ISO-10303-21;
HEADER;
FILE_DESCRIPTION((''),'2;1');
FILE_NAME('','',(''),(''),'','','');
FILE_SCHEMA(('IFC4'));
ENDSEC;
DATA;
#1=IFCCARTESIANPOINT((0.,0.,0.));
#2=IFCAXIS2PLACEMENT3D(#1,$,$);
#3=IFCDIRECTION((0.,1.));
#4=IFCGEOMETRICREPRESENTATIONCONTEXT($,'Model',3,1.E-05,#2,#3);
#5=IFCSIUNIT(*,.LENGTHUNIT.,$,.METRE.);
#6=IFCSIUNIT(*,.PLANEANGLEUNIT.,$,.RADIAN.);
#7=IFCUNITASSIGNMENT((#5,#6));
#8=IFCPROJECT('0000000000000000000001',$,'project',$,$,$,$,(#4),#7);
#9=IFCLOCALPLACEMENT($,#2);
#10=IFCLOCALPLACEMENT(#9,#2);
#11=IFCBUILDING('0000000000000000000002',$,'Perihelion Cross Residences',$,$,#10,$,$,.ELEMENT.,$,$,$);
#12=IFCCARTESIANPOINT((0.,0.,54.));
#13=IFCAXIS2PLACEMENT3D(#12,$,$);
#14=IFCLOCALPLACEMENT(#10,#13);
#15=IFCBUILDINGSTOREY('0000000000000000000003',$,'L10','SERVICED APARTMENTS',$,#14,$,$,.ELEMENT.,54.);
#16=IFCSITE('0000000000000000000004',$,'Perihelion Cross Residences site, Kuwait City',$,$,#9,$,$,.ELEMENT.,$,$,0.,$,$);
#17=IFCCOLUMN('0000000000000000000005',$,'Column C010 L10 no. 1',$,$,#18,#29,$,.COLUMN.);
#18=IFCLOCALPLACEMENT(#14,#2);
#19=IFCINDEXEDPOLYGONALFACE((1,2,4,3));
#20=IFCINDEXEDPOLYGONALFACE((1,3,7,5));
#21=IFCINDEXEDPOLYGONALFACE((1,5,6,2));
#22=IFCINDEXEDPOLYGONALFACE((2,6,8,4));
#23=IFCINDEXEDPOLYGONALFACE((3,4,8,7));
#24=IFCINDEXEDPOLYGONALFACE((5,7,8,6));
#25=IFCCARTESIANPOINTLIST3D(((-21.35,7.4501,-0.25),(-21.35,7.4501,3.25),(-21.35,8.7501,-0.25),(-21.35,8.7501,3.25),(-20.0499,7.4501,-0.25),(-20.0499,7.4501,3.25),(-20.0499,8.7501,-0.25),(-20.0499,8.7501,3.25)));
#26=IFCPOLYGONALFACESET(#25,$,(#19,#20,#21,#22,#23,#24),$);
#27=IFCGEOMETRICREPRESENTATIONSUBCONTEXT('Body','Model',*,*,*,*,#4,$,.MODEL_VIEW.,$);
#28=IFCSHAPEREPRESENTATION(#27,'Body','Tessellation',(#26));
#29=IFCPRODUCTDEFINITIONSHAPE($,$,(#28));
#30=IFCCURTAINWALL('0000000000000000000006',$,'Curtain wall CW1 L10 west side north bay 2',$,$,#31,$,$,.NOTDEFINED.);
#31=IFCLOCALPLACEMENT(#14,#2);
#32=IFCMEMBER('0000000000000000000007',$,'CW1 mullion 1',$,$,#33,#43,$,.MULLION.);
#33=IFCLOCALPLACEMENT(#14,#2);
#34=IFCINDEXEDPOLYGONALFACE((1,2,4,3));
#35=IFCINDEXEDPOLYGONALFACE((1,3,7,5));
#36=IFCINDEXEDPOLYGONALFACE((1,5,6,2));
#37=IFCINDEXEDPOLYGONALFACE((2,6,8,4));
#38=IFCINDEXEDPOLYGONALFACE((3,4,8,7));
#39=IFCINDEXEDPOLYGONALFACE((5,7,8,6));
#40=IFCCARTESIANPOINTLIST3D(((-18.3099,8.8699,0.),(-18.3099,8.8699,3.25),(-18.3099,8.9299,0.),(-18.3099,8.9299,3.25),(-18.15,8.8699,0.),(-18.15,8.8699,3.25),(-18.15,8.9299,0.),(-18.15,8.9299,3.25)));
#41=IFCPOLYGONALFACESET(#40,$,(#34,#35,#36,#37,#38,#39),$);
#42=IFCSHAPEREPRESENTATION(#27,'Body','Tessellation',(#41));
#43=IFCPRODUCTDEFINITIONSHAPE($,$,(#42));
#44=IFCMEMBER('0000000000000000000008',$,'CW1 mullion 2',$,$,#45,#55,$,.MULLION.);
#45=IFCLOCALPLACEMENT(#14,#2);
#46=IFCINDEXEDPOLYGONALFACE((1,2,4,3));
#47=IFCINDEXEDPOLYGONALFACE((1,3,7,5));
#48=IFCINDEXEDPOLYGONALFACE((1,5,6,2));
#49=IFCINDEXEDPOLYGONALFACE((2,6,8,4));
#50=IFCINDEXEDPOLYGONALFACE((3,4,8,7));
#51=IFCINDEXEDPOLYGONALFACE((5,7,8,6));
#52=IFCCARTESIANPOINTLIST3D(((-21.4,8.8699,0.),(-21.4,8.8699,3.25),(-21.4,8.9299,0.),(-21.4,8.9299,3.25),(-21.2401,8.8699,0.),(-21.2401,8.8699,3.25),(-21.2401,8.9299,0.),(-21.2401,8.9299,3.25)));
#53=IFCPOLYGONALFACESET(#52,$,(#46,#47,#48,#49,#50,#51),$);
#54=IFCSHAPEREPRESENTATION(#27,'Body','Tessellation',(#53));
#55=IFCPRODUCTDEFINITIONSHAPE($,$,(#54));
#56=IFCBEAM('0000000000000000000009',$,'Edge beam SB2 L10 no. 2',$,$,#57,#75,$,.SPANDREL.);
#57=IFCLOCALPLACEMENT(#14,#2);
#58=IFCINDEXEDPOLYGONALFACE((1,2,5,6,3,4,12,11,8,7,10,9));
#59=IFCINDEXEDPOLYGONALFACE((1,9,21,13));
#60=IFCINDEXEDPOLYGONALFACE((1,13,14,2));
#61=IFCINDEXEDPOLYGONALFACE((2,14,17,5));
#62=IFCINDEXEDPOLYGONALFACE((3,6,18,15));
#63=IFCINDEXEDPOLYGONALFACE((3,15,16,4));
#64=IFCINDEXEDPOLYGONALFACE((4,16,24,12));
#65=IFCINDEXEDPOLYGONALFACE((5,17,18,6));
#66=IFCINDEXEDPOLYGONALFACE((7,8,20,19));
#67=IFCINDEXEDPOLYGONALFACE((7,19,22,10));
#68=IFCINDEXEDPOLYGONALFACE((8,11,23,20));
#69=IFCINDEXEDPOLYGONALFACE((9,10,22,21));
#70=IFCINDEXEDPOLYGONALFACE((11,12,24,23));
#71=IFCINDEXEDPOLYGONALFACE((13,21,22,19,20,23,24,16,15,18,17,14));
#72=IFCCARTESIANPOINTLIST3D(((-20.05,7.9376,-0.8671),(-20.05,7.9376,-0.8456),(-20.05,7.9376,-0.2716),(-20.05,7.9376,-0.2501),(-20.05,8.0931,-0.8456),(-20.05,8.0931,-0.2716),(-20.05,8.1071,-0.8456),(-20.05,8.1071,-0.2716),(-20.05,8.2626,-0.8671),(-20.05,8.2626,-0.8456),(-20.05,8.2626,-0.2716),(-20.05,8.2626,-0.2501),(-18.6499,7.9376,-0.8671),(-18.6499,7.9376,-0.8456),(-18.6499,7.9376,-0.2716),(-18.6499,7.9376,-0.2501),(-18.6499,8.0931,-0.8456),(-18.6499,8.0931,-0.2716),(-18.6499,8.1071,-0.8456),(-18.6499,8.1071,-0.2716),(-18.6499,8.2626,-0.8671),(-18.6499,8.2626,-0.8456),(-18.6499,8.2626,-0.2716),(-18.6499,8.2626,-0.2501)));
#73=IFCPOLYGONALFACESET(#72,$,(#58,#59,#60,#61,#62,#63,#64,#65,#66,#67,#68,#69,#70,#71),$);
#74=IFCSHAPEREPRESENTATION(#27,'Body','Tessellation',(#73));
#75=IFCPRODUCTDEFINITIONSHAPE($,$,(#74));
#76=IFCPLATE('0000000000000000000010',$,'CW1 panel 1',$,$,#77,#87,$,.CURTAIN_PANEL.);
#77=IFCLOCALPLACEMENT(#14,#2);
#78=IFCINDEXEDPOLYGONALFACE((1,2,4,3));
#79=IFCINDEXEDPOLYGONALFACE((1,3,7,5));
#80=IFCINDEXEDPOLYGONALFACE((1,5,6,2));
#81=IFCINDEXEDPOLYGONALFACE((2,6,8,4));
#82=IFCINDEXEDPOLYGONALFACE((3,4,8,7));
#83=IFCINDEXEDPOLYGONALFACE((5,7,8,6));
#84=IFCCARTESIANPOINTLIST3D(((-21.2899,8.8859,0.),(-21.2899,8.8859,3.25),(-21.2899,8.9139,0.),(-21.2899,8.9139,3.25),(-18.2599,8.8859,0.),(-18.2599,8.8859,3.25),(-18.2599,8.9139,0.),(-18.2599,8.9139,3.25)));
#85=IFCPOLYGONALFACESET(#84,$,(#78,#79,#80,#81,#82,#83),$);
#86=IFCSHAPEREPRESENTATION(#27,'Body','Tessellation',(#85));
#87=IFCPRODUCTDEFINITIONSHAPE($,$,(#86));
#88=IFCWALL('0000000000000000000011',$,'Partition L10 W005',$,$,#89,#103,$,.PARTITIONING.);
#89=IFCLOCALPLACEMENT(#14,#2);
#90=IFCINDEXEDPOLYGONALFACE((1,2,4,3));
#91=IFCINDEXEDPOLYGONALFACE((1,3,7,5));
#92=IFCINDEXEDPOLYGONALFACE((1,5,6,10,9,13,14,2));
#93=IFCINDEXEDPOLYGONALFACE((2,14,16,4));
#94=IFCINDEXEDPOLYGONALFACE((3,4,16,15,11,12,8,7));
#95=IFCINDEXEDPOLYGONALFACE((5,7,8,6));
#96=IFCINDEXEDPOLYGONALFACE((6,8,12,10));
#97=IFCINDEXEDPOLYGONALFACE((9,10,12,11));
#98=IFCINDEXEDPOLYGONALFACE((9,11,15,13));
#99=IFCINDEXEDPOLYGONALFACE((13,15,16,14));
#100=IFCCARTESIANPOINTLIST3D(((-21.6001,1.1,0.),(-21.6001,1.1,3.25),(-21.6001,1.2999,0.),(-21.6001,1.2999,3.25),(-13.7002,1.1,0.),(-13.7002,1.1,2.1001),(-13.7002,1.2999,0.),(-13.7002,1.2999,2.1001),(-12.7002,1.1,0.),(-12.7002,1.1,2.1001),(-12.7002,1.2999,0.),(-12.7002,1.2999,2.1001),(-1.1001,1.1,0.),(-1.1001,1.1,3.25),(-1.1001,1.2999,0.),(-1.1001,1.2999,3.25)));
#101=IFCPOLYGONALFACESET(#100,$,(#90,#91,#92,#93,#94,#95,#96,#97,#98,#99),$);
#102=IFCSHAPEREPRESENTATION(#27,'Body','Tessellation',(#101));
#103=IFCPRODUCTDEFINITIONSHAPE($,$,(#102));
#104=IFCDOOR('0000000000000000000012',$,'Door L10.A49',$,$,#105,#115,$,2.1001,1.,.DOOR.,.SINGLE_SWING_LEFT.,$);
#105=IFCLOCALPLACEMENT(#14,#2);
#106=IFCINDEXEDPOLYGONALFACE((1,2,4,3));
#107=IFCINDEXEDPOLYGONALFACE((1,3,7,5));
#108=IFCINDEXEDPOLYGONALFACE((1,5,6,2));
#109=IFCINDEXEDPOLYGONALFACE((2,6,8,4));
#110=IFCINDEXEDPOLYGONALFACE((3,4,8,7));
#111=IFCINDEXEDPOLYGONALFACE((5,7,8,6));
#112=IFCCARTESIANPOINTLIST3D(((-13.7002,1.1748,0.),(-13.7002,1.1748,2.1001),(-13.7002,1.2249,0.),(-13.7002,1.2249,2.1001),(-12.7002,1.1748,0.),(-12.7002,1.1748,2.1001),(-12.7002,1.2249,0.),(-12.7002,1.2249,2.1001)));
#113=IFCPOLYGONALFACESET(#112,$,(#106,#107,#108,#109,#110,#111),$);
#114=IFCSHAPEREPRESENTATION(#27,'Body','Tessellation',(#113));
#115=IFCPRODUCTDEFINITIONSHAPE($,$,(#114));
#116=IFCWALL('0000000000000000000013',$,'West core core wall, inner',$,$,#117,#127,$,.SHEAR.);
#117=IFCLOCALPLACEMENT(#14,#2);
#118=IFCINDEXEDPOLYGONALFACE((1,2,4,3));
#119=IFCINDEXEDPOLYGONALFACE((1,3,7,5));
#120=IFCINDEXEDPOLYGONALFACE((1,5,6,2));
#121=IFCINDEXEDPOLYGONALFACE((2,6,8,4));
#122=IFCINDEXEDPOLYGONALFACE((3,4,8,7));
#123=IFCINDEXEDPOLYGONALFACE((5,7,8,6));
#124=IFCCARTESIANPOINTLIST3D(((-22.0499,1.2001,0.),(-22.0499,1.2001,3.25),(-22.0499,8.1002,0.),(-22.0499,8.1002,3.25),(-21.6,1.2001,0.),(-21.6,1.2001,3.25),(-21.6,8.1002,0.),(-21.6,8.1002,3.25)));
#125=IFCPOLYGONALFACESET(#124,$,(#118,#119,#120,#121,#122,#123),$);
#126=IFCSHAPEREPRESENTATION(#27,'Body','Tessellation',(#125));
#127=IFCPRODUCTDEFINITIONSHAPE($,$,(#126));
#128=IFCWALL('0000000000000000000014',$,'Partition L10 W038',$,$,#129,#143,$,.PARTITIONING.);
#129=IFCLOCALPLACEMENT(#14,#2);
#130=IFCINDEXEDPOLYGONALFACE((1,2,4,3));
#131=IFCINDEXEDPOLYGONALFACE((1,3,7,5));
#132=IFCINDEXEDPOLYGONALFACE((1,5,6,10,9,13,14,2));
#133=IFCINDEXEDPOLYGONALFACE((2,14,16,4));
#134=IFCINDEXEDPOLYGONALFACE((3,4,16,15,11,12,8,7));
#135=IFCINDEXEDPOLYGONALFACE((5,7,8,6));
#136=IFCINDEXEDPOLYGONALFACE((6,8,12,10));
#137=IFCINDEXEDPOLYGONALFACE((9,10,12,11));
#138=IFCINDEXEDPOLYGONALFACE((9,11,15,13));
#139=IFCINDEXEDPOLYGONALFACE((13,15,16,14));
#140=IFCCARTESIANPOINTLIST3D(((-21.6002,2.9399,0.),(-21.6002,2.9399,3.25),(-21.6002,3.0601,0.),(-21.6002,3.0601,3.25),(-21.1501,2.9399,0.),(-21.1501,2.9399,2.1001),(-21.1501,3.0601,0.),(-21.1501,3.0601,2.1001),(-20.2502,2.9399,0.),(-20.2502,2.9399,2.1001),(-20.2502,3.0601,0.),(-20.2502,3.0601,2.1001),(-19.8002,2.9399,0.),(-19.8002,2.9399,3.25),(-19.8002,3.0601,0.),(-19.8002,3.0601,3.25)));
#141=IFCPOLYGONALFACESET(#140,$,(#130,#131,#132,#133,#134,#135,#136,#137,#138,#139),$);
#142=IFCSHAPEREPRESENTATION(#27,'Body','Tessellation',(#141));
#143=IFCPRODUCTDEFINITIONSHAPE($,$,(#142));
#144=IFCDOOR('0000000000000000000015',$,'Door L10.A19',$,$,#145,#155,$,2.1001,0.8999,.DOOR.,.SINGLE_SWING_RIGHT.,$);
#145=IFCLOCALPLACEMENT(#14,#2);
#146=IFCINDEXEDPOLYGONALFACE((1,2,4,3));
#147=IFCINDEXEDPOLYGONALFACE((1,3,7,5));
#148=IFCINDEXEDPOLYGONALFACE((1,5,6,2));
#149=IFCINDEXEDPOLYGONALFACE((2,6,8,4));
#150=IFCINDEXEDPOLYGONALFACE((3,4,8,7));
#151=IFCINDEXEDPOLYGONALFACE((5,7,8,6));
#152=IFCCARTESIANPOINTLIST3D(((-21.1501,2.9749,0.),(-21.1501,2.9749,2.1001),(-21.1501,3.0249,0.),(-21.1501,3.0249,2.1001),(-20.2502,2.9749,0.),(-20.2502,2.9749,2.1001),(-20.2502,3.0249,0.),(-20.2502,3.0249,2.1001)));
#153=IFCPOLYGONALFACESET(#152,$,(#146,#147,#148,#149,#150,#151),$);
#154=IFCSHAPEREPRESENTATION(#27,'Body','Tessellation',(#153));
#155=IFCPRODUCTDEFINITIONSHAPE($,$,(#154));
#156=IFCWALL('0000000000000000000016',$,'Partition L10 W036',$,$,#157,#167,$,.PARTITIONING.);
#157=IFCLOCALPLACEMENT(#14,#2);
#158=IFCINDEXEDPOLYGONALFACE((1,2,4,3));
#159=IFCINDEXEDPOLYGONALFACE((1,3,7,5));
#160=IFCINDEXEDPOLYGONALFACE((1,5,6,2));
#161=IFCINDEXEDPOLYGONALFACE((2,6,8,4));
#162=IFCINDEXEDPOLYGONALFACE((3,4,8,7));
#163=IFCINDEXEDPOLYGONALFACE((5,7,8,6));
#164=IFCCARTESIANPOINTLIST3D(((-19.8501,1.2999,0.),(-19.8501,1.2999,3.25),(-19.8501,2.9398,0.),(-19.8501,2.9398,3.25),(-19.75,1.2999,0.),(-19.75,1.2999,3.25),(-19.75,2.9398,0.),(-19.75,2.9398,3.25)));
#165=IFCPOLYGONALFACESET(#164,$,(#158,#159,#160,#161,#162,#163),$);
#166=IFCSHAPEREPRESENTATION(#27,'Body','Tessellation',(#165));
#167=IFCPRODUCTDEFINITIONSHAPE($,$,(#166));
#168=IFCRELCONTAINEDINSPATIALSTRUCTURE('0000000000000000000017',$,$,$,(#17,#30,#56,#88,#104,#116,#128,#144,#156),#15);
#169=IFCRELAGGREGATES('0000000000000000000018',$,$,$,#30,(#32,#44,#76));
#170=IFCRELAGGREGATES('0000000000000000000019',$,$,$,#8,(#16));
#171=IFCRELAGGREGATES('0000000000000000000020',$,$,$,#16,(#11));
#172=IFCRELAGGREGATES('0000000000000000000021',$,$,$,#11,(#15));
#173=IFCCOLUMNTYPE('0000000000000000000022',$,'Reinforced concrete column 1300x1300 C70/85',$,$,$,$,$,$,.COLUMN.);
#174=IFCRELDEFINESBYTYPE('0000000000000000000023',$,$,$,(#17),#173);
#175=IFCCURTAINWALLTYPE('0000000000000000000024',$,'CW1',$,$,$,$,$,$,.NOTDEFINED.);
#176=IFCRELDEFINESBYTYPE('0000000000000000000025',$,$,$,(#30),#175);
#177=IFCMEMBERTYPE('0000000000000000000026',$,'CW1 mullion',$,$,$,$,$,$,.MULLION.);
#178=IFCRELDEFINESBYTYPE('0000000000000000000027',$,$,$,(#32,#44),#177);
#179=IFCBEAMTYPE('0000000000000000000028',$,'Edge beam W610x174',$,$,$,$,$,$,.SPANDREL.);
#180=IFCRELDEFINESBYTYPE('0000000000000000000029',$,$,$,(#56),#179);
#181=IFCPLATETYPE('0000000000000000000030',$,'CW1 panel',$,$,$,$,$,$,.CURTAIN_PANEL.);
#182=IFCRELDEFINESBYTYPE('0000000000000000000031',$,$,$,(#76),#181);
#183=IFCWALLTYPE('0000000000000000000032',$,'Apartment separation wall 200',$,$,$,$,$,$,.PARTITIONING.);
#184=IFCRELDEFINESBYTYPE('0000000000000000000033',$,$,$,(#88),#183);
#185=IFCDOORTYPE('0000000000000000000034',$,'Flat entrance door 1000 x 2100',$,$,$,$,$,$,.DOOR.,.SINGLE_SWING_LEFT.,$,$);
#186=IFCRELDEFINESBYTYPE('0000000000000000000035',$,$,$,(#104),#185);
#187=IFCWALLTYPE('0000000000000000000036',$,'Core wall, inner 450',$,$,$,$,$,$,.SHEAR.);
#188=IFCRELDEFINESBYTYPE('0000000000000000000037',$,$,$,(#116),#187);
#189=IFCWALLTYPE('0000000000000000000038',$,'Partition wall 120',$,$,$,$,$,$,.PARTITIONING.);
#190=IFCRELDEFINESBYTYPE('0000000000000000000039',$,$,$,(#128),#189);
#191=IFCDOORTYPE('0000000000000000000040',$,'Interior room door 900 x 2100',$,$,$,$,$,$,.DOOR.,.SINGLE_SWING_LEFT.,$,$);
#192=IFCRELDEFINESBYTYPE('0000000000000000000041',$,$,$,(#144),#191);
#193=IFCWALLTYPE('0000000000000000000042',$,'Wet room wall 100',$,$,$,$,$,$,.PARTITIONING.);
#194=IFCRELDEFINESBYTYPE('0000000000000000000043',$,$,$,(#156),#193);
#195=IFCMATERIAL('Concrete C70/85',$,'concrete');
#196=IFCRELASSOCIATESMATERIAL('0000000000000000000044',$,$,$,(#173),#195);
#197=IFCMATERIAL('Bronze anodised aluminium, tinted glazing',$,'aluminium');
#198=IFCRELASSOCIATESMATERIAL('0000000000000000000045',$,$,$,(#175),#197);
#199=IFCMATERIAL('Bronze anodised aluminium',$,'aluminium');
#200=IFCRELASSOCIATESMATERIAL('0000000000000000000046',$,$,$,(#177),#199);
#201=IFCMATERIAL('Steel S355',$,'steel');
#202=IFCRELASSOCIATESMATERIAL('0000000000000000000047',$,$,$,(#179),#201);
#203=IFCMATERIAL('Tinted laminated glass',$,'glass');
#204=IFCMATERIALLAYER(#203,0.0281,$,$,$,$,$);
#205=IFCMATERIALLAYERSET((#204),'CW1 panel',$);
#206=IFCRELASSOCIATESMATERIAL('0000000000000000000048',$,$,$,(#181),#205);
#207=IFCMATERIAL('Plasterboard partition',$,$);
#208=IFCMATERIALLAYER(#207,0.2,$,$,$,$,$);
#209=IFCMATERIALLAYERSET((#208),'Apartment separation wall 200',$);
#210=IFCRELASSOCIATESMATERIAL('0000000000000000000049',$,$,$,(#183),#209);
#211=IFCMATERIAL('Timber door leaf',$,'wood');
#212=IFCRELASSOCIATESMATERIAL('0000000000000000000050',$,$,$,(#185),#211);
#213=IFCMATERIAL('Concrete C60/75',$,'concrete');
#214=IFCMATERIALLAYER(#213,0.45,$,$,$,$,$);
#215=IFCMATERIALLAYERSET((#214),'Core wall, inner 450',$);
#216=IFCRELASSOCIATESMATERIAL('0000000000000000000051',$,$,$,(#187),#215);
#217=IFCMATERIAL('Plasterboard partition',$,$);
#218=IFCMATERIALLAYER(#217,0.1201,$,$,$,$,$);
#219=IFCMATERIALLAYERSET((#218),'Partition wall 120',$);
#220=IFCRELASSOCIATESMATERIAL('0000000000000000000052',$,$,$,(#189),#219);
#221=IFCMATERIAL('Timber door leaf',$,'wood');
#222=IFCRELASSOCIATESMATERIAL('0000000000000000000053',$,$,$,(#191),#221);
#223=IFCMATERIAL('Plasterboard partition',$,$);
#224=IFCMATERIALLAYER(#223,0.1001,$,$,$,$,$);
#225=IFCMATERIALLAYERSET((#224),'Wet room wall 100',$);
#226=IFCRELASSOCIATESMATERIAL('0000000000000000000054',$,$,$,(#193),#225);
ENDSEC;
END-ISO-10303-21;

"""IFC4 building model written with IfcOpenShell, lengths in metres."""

from ifc_helpers import new_model, si_unit, direction, frame, frame_2d, origin, origin_2d, place, context, subcontext, project, spatial, rectangle, i_section, extrude, material, layer, layer_set, material_profile, profile_set, type_object, element, fill, aggregate, save


model = new_model("IFC4")

# Units and contexts
model_context = context("Model", 3, precision=1e-05, world=origin(), true_north=direction((0.0, 1.0)))
body_context = subcontext(model_context, "Body", "Model", "MODEL_VIEW")
ifc_project = project(units=[si_unit("LENGTHUNIT", "METRE"), si_unit("PLANEANGLEUNIT", "RADIAN")], contexts=[model_context])

# Site, building, storey
site_placement = place(None, origin())
site = spatial("IfcSite", under=ifc_project, at=site_placement, Name="Perihelion Cross Residences site, Kuwait City", CompositionType="ELEMENT", RefElevation=0.0)
building_placement = place(site_placement, origin())
building = spatial("IfcBuilding", under=site, at=building_placement, Name="Perihelion Cross Residences", CompositionType="ELEMENT")
storey_placement = place(building_placement, frame((0.0, 0.0, 54.0)))
storey = spatial("IfcBuildingStorey", under=building, at=storey_placement, Name="L10", Description="SERVICED APARTMENTS", CompositionType="ELEMENT", Elevation=54.0)

# Column
ifc_material_1 = material(Name="Concrete C70/85", Category="concrete")
ifc_material_profile_1 = material_profile(ifc_material_1, rectangle(XDim=1.3, YDim=1.3, at=origin_2d()), Name="RC 1300x1300")
ifc_profile_set_1 = profile_set([ifc_material_profile_1], Name="Concrete C70/85")
column_type = type_object("IfcColumnType", Name="Reinforced concrete column 1300x1300 C70/85", PredefinedType="COLUMN", material=ifc_profile_set_1)
column_placement = place(storey_placement, frame((-20.7, 8.1001, -0.25), z_axis=(0.0, 0.0, 1.0), x_axis=(1.0, 0.0, 0.0)))
element("IfcColumn", 1, at=column_placement, inside=storey, type_object=column_type, Name="Column C010 L10 no. 1", PredefinedType="COLUMN", context=body_context, shape_type="SweptSolid", body=[
    extrude(rectangle(XDim=1.3, YDim=1.3, at=origin_2d()), origin(), (0.0, 0.0, 1.0), 3.5),
])

# Curtain wall, members
ifc_material_2 = material(Name="Bronze anodised aluminium, tinted glazing", Category="aluminium")
curtain_wall_type = type_object("IfcCurtainWallType", Name="CW1", PredefinedType="NOTDEFINED", material=ifc_material_2)
curtain_wall_placement = place(storey_placement, origin())
curtain_wall = element("IfcCurtainWall", 2, at=curtain_wall_placement, inside=storey, type_object=curtain_wall_type, Name="Curtain wall CW1 L10 west side north bay 2", PredefinedType="NOTDEFINED")
ifc_material_3 = material(Name="Bronze anodised aluminium", Category="aluminium")
ifc_material_profile_2 = material_profile(ifc_material_3, rectangle(XDim=0.0601, YDim=0.1599, at=origin_2d()), Name="CW1 mullion")
ifc_profile_set_2 = profile_set([ifc_material_profile_2], Name="Bronze anodised aluminium")
member_type = type_object("IfcMemberType", Name="CW1 mullion", PredefinedType="MULLION", material=ifc_profile_set_2)
member_1_placement = place(storey_placement, frame((-18.23, 8.8999, 0.0), z_axis=(0.0, 0.0, 1.0), x_axis=(0.0, -1.0, 0.0)))
member_1 = element("IfcMember", 3, at=member_1_placement, type_object=member_type, Name="CW1 mullion 1", PredefinedType="MULLION", context=body_context, shape_type="SweptSolid", body=[
    extrude(rectangle(XDim=0.0601, YDim=0.1599, at=origin_2d()), origin(), (0.0, 0.0, 1.0), 3.25),
])
member_2_placement = place(storey_placement, frame((-21.3201, 8.8999, 0.0), z_axis=(0.0, 0.0, 1.0), x_axis=(0.0, -1.0, 0.0)))
member_2 = element("IfcMember", 4, at=member_2_placement, type_object=member_type, Name="CW1 mullion 2", PredefinedType="MULLION", context=body_context, shape_type="SweptSolid", body=[
    extrude(rectangle(XDim=0.0601, YDim=0.1599, at=origin_2d()), origin(), (0.0, 0.0, 1.0), 3.25),
])

# Beam
ifc_material_4 = material(Name="Steel S355", Category="steel")
ifc_material_profile_3 = material_profile(ifc_material_4, i_section(OverallWidth=0.325, OverallDepth=0.6169, WebThickness=0.0139, FlangeThickness=0.0215, at=origin_2d()), Name="W610x174")
ifc_profile_set_3 = profile_set([ifc_material_profile_3], Name="Steel S355")
beam_type = type_object("IfcBeamType", Name="Edge beam W610x174", PredefinedType="SPANDREL", material=ifc_profile_set_3)
beam_placement = place(storey_placement, frame((-18.6499, 8.1001, -0.5586), z_axis=(-1.0, 0.0, 0.0), x_axis=(0.0, -1.0, 0.0)))
element("IfcBeam", 5, at=beam_placement, inside=storey, type_object=beam_type, Name="Edge beam SB2 L10 no. 2", PredefinedType="SPANDREL", context=body_context, shape_type="SweptSolid", body=[
    extrude(i_section(OverallWidth=0.325, OverallDepth=0.6169, WebThickness=0.0139, FlangeThickness=0.0215, at=origin_2d()), origin(), (0.0, 0.0, 1.0), 1.4001),
])

# Plate
ifc_material_5 = material(Name="Tinted laminated glass", Category="glass")
ifc_layer_1 = layer(ifc_material_5, 0.0281)
ifc_layer_set_1 = layer_set([ifc_layer_1], Name="CW1 panel")
plate_type = type_object("IfcPlateType", Name="CW1 panel", PredefinedType="CURTAIN_PANEL", material=ifc_layer_set_1)
plate_placement = place(storey_placement, frame((-19.7749, 8.8999, 0.0), z_axis=(0.0, 0.0, 1.0), x_axis=(-1.0, 0.0, 0.0)))
plate = element("IfcPlate", 6, at=plate_placement, type_object=plate_type, Name="CW1 panel 1", PredefinedType="CURTAIN_PANEL", context=body_context, shape_type="SweptSolid", body=[
    extrude(rectangle(XDim=3.03, YDim=0.0281, at=origin_2d()), origin(), (0.0, 0.0, 1.0), 3.25),
])
aggregate(curtain_wall, [member_1, member_2, plate])

# Wall, opening, door
ifc_material_6 = material(Name="Plasterboard partition")
ifc_layer_2 = layer(ifc_material_6, 0.2)
ifc_layer_set_2 = layer_set([ifc_layer_2], Name="Apartment separation wall 200")
wall_type_1 = type_object("IfcWallType", Name="Apartment separation wall 200", PredefinedType="PARTITIONING", material=ifc_layer_set_2)
wall_1_placement = place(storey_placement, frame((-21.6001, 1.2, 0.0), z_axis=(0.0, 0.0, 1.0), x_axis=(1.0, 0.0, 0.0)))
wall_1 = element("IfcWall", 7, at=wall_1_placement, inside=storey, type_object=wall_type_1, Name="Partition L10 W005", PredefinedType="PARTITIONING", context=body_context, shape_type="SweptSolid", body=[
    extrude(rectangle(XDim=20.5, YDim=0.2, at=frame_2d((10.25, 0.0))), origin(), (0.0, 0.0, 1.0), 3.25),
])
opening_1_placement = place(wall_1_placement, frame((7.8999, 0.0, 0.0)))
opening_1 = element("IfcOpeningElement", 8, at=opening_1_placement, cuts=wall_1, PredefinedType="OPENING", context=body_context, shape_type="SweptSolid", body=[
    extrude(rectangle(XDim=1.0, YDim=2.1001, at=frame_2d((0.5, 1.05))), frame((0.0, 0.1099, 0.0), z_axis=(0.0, -1.0, 0.0), x_axis=(1.0, 0.0, 0.0)), (0.0, 0.0, 1.0), 0.22),
])
ifc_material_7 = material(Name="Timber door leaf", Category="wood")
door_type_1 = type_object("IfcDoorType", Name="Flat entrance door 1000 x 2100", OperationType="SINGLE_SWING_LEFT", PredefinedType="DOOR", material=ifc_material_7)
door_1_placement = place(opening_1_placement, origin())
door_1 = element("IfcDoor", 9, at=door_1_placement, inside=storey, type_object=door_type_1, Name="Door L10.A49", OperationType="SINGLE_SWING_LEFT", OverallHeight=2.1001, OverallWidth=1.0, PredefinedType="DOOR", context=body_context, shape_type="SweptSolid", body=[
    extrude(rectangle(XDim=1.0, YDim=2.1001, at=frame_2d((0.5, 1.05))), frame((0.0, 0.0249, 0.0), z_axis=(0.0, -1.0, 0.0), x_axis=(1.0, 0.0, 0.0)), (0.0, 0.0, 1.0), 0.05),
])
fill(opening_1, door_1)

# Wall
ifc_material_8 = material(Name="Concrete C60/75", Category="concrete")
ifc_layer_3 = layer(ifc_material_8, 0.45)
ifc_layer_set_3 = layer_set([ifc_layer_3], Name="Core wall, inner 450")
wall_type_2 = type_object("IfcWallType", Name="Core wall, inner 450", PredefinedType="SHEAR", material=ifc_layer_set_3)
wall_2_placement = place(storey_placement, frame((-21.825, 1.2, 0.0), z_axis=(0.0, 0.0, 1.0), x_axis=(0.0, 1.0, 0.0)))
element("IfcWall", 10, at=wall_2_placement, inside=storey, type_object=wall_type_2, Name="West core core wall, inner", PredefinedType="SHEAR", context=body_context, shape_type="SweptSolid", body=[
    extrude(rectangle(XDim=6.9001, YDim=0.45, at=frame_2d((3.4502, 0.0))), origin(), (0.0, 0.0, 1.0), 3.25),
])

# Wall, opening, door
ifc_material_9 = material(Name="Plasterboard partition")
ifc_layer_4 = layer(ifc_material_9, 0.1201)
ifc_layer_set_4 = layer_set([ifc_layer_4], Name="Partition wall 120")
wall_type_3 = type_object("IfcWallType", Name="Partition wall 120", PredefinedType="PARTITIONING", material=ifc_layer_set_4)
wall_3_placement = place(storey_placement, frame((-21.6001, 3.0, 0.0), z_axis=(0.0, 0.0, 1.0), x_axis=(1.0, 0.0, 0.0)))
wall_3 = element("IfcWall", 11, at=wall_3_placement, inside=storey, type_object=wall_type_3, Name="Partition L10 W038", PredefinedType="PARTITIONING", context=body_context, shape_type="SweptSolid", body=[
    extrude(rectangle(XDim=1.8, YDim=0.1201, at=frame_2d((0.8999, 0.0))), origin(), (0.0, 0.0, 1.0), 3.25),
])
opening_2_placement = place(wall_3_placement, frame((0.45, 0.0, 0.0)))
opening_2 = element("IfcOpeningElement", 12, at=opening_2_placement, cuts=wall_3, PredefinedType="OPENING", context=body_context, shape_type="SweptSolid", body=[
    extrude(rectangle(XDim=0.8999, YDim=2.1001, at=frame_2d((0.45, 1.05))), frame((0.0, 0.0701, 0.0), z_axis=(0.0, -1.0, 0.0), x_axis=(1.0, 0.0, 0.0)), (0.0, 0.0, 1.0), 0.1401),
])
ifc_material_10 = material(Name="Timber door leaf", Category="wood")
door_type_2 = type_object("IfcDoorType", Name="Interior room door 900 x 2100", OperationType="SINGLE_SWING_LEFT", PredefinedType="DOOR", material=ifc_material_10)
door_2_placement = place(opening_2_placement, origin())
door_2 = element("IfcDoor", 13, at=door_2_placement, inside=storey, type_object=door_type_2, Name="Door L10.A19", OperationType="SINGLE_SWING_RIGHT", OverallHeight=2.1001, OverallWidth=0.8999, PredefinedType="DOOR", context=body_context, shape_type="SweptSolid", body=[
    extrude(rectangle(XDim=0.8999, YDim=2.1001, at=frame_2d((0.45, 1.05))), frame((0.0, 0.0249, 0.0), z_axis=(0.0, -1.0, 0.0), x_axis=(1.0, 0.0, 0.0)), (0.0, 0.0, 1.0), 0.05),
])
fill(opening_2, door_2)

# Wall
ifc_material_11 = material(Name="Plasterboard partition")
ifc_layer_5 = layer(ifc_material_11, 0.1001)
ifc_layer_set_5 = layer_set([ifc_layer_5], Name="Wet room wall 100")
wall_type_4 = type_object("IfcWallType", Name="Wet room wall 100", PredefinedType="PARTITIONING", material=ifc_layer_set_5)
wall_4_placement = place(storey_placement, frame((-19.8, 1.3, 0.0), z_axis=(0.0, 0.0, 1.0), x_axis=(0.0, 1.0, 0.0)))
element("IfcWall", 14, at=wall_4_placement, inside=storey, type_object=wall_type_4, Name="Partition L10 W036", PredefinedType="PARTITIONING", context=body_context, shape_type="SweptSolid", body=[
    extrude(rectangle(XDim=1.6399, YDim=0.1001, at=frame_2d((0.8198, 0.0))), origin(), (0.0, 0.0, 1.0), 3.25),
])

save(model, "model.ifc")
